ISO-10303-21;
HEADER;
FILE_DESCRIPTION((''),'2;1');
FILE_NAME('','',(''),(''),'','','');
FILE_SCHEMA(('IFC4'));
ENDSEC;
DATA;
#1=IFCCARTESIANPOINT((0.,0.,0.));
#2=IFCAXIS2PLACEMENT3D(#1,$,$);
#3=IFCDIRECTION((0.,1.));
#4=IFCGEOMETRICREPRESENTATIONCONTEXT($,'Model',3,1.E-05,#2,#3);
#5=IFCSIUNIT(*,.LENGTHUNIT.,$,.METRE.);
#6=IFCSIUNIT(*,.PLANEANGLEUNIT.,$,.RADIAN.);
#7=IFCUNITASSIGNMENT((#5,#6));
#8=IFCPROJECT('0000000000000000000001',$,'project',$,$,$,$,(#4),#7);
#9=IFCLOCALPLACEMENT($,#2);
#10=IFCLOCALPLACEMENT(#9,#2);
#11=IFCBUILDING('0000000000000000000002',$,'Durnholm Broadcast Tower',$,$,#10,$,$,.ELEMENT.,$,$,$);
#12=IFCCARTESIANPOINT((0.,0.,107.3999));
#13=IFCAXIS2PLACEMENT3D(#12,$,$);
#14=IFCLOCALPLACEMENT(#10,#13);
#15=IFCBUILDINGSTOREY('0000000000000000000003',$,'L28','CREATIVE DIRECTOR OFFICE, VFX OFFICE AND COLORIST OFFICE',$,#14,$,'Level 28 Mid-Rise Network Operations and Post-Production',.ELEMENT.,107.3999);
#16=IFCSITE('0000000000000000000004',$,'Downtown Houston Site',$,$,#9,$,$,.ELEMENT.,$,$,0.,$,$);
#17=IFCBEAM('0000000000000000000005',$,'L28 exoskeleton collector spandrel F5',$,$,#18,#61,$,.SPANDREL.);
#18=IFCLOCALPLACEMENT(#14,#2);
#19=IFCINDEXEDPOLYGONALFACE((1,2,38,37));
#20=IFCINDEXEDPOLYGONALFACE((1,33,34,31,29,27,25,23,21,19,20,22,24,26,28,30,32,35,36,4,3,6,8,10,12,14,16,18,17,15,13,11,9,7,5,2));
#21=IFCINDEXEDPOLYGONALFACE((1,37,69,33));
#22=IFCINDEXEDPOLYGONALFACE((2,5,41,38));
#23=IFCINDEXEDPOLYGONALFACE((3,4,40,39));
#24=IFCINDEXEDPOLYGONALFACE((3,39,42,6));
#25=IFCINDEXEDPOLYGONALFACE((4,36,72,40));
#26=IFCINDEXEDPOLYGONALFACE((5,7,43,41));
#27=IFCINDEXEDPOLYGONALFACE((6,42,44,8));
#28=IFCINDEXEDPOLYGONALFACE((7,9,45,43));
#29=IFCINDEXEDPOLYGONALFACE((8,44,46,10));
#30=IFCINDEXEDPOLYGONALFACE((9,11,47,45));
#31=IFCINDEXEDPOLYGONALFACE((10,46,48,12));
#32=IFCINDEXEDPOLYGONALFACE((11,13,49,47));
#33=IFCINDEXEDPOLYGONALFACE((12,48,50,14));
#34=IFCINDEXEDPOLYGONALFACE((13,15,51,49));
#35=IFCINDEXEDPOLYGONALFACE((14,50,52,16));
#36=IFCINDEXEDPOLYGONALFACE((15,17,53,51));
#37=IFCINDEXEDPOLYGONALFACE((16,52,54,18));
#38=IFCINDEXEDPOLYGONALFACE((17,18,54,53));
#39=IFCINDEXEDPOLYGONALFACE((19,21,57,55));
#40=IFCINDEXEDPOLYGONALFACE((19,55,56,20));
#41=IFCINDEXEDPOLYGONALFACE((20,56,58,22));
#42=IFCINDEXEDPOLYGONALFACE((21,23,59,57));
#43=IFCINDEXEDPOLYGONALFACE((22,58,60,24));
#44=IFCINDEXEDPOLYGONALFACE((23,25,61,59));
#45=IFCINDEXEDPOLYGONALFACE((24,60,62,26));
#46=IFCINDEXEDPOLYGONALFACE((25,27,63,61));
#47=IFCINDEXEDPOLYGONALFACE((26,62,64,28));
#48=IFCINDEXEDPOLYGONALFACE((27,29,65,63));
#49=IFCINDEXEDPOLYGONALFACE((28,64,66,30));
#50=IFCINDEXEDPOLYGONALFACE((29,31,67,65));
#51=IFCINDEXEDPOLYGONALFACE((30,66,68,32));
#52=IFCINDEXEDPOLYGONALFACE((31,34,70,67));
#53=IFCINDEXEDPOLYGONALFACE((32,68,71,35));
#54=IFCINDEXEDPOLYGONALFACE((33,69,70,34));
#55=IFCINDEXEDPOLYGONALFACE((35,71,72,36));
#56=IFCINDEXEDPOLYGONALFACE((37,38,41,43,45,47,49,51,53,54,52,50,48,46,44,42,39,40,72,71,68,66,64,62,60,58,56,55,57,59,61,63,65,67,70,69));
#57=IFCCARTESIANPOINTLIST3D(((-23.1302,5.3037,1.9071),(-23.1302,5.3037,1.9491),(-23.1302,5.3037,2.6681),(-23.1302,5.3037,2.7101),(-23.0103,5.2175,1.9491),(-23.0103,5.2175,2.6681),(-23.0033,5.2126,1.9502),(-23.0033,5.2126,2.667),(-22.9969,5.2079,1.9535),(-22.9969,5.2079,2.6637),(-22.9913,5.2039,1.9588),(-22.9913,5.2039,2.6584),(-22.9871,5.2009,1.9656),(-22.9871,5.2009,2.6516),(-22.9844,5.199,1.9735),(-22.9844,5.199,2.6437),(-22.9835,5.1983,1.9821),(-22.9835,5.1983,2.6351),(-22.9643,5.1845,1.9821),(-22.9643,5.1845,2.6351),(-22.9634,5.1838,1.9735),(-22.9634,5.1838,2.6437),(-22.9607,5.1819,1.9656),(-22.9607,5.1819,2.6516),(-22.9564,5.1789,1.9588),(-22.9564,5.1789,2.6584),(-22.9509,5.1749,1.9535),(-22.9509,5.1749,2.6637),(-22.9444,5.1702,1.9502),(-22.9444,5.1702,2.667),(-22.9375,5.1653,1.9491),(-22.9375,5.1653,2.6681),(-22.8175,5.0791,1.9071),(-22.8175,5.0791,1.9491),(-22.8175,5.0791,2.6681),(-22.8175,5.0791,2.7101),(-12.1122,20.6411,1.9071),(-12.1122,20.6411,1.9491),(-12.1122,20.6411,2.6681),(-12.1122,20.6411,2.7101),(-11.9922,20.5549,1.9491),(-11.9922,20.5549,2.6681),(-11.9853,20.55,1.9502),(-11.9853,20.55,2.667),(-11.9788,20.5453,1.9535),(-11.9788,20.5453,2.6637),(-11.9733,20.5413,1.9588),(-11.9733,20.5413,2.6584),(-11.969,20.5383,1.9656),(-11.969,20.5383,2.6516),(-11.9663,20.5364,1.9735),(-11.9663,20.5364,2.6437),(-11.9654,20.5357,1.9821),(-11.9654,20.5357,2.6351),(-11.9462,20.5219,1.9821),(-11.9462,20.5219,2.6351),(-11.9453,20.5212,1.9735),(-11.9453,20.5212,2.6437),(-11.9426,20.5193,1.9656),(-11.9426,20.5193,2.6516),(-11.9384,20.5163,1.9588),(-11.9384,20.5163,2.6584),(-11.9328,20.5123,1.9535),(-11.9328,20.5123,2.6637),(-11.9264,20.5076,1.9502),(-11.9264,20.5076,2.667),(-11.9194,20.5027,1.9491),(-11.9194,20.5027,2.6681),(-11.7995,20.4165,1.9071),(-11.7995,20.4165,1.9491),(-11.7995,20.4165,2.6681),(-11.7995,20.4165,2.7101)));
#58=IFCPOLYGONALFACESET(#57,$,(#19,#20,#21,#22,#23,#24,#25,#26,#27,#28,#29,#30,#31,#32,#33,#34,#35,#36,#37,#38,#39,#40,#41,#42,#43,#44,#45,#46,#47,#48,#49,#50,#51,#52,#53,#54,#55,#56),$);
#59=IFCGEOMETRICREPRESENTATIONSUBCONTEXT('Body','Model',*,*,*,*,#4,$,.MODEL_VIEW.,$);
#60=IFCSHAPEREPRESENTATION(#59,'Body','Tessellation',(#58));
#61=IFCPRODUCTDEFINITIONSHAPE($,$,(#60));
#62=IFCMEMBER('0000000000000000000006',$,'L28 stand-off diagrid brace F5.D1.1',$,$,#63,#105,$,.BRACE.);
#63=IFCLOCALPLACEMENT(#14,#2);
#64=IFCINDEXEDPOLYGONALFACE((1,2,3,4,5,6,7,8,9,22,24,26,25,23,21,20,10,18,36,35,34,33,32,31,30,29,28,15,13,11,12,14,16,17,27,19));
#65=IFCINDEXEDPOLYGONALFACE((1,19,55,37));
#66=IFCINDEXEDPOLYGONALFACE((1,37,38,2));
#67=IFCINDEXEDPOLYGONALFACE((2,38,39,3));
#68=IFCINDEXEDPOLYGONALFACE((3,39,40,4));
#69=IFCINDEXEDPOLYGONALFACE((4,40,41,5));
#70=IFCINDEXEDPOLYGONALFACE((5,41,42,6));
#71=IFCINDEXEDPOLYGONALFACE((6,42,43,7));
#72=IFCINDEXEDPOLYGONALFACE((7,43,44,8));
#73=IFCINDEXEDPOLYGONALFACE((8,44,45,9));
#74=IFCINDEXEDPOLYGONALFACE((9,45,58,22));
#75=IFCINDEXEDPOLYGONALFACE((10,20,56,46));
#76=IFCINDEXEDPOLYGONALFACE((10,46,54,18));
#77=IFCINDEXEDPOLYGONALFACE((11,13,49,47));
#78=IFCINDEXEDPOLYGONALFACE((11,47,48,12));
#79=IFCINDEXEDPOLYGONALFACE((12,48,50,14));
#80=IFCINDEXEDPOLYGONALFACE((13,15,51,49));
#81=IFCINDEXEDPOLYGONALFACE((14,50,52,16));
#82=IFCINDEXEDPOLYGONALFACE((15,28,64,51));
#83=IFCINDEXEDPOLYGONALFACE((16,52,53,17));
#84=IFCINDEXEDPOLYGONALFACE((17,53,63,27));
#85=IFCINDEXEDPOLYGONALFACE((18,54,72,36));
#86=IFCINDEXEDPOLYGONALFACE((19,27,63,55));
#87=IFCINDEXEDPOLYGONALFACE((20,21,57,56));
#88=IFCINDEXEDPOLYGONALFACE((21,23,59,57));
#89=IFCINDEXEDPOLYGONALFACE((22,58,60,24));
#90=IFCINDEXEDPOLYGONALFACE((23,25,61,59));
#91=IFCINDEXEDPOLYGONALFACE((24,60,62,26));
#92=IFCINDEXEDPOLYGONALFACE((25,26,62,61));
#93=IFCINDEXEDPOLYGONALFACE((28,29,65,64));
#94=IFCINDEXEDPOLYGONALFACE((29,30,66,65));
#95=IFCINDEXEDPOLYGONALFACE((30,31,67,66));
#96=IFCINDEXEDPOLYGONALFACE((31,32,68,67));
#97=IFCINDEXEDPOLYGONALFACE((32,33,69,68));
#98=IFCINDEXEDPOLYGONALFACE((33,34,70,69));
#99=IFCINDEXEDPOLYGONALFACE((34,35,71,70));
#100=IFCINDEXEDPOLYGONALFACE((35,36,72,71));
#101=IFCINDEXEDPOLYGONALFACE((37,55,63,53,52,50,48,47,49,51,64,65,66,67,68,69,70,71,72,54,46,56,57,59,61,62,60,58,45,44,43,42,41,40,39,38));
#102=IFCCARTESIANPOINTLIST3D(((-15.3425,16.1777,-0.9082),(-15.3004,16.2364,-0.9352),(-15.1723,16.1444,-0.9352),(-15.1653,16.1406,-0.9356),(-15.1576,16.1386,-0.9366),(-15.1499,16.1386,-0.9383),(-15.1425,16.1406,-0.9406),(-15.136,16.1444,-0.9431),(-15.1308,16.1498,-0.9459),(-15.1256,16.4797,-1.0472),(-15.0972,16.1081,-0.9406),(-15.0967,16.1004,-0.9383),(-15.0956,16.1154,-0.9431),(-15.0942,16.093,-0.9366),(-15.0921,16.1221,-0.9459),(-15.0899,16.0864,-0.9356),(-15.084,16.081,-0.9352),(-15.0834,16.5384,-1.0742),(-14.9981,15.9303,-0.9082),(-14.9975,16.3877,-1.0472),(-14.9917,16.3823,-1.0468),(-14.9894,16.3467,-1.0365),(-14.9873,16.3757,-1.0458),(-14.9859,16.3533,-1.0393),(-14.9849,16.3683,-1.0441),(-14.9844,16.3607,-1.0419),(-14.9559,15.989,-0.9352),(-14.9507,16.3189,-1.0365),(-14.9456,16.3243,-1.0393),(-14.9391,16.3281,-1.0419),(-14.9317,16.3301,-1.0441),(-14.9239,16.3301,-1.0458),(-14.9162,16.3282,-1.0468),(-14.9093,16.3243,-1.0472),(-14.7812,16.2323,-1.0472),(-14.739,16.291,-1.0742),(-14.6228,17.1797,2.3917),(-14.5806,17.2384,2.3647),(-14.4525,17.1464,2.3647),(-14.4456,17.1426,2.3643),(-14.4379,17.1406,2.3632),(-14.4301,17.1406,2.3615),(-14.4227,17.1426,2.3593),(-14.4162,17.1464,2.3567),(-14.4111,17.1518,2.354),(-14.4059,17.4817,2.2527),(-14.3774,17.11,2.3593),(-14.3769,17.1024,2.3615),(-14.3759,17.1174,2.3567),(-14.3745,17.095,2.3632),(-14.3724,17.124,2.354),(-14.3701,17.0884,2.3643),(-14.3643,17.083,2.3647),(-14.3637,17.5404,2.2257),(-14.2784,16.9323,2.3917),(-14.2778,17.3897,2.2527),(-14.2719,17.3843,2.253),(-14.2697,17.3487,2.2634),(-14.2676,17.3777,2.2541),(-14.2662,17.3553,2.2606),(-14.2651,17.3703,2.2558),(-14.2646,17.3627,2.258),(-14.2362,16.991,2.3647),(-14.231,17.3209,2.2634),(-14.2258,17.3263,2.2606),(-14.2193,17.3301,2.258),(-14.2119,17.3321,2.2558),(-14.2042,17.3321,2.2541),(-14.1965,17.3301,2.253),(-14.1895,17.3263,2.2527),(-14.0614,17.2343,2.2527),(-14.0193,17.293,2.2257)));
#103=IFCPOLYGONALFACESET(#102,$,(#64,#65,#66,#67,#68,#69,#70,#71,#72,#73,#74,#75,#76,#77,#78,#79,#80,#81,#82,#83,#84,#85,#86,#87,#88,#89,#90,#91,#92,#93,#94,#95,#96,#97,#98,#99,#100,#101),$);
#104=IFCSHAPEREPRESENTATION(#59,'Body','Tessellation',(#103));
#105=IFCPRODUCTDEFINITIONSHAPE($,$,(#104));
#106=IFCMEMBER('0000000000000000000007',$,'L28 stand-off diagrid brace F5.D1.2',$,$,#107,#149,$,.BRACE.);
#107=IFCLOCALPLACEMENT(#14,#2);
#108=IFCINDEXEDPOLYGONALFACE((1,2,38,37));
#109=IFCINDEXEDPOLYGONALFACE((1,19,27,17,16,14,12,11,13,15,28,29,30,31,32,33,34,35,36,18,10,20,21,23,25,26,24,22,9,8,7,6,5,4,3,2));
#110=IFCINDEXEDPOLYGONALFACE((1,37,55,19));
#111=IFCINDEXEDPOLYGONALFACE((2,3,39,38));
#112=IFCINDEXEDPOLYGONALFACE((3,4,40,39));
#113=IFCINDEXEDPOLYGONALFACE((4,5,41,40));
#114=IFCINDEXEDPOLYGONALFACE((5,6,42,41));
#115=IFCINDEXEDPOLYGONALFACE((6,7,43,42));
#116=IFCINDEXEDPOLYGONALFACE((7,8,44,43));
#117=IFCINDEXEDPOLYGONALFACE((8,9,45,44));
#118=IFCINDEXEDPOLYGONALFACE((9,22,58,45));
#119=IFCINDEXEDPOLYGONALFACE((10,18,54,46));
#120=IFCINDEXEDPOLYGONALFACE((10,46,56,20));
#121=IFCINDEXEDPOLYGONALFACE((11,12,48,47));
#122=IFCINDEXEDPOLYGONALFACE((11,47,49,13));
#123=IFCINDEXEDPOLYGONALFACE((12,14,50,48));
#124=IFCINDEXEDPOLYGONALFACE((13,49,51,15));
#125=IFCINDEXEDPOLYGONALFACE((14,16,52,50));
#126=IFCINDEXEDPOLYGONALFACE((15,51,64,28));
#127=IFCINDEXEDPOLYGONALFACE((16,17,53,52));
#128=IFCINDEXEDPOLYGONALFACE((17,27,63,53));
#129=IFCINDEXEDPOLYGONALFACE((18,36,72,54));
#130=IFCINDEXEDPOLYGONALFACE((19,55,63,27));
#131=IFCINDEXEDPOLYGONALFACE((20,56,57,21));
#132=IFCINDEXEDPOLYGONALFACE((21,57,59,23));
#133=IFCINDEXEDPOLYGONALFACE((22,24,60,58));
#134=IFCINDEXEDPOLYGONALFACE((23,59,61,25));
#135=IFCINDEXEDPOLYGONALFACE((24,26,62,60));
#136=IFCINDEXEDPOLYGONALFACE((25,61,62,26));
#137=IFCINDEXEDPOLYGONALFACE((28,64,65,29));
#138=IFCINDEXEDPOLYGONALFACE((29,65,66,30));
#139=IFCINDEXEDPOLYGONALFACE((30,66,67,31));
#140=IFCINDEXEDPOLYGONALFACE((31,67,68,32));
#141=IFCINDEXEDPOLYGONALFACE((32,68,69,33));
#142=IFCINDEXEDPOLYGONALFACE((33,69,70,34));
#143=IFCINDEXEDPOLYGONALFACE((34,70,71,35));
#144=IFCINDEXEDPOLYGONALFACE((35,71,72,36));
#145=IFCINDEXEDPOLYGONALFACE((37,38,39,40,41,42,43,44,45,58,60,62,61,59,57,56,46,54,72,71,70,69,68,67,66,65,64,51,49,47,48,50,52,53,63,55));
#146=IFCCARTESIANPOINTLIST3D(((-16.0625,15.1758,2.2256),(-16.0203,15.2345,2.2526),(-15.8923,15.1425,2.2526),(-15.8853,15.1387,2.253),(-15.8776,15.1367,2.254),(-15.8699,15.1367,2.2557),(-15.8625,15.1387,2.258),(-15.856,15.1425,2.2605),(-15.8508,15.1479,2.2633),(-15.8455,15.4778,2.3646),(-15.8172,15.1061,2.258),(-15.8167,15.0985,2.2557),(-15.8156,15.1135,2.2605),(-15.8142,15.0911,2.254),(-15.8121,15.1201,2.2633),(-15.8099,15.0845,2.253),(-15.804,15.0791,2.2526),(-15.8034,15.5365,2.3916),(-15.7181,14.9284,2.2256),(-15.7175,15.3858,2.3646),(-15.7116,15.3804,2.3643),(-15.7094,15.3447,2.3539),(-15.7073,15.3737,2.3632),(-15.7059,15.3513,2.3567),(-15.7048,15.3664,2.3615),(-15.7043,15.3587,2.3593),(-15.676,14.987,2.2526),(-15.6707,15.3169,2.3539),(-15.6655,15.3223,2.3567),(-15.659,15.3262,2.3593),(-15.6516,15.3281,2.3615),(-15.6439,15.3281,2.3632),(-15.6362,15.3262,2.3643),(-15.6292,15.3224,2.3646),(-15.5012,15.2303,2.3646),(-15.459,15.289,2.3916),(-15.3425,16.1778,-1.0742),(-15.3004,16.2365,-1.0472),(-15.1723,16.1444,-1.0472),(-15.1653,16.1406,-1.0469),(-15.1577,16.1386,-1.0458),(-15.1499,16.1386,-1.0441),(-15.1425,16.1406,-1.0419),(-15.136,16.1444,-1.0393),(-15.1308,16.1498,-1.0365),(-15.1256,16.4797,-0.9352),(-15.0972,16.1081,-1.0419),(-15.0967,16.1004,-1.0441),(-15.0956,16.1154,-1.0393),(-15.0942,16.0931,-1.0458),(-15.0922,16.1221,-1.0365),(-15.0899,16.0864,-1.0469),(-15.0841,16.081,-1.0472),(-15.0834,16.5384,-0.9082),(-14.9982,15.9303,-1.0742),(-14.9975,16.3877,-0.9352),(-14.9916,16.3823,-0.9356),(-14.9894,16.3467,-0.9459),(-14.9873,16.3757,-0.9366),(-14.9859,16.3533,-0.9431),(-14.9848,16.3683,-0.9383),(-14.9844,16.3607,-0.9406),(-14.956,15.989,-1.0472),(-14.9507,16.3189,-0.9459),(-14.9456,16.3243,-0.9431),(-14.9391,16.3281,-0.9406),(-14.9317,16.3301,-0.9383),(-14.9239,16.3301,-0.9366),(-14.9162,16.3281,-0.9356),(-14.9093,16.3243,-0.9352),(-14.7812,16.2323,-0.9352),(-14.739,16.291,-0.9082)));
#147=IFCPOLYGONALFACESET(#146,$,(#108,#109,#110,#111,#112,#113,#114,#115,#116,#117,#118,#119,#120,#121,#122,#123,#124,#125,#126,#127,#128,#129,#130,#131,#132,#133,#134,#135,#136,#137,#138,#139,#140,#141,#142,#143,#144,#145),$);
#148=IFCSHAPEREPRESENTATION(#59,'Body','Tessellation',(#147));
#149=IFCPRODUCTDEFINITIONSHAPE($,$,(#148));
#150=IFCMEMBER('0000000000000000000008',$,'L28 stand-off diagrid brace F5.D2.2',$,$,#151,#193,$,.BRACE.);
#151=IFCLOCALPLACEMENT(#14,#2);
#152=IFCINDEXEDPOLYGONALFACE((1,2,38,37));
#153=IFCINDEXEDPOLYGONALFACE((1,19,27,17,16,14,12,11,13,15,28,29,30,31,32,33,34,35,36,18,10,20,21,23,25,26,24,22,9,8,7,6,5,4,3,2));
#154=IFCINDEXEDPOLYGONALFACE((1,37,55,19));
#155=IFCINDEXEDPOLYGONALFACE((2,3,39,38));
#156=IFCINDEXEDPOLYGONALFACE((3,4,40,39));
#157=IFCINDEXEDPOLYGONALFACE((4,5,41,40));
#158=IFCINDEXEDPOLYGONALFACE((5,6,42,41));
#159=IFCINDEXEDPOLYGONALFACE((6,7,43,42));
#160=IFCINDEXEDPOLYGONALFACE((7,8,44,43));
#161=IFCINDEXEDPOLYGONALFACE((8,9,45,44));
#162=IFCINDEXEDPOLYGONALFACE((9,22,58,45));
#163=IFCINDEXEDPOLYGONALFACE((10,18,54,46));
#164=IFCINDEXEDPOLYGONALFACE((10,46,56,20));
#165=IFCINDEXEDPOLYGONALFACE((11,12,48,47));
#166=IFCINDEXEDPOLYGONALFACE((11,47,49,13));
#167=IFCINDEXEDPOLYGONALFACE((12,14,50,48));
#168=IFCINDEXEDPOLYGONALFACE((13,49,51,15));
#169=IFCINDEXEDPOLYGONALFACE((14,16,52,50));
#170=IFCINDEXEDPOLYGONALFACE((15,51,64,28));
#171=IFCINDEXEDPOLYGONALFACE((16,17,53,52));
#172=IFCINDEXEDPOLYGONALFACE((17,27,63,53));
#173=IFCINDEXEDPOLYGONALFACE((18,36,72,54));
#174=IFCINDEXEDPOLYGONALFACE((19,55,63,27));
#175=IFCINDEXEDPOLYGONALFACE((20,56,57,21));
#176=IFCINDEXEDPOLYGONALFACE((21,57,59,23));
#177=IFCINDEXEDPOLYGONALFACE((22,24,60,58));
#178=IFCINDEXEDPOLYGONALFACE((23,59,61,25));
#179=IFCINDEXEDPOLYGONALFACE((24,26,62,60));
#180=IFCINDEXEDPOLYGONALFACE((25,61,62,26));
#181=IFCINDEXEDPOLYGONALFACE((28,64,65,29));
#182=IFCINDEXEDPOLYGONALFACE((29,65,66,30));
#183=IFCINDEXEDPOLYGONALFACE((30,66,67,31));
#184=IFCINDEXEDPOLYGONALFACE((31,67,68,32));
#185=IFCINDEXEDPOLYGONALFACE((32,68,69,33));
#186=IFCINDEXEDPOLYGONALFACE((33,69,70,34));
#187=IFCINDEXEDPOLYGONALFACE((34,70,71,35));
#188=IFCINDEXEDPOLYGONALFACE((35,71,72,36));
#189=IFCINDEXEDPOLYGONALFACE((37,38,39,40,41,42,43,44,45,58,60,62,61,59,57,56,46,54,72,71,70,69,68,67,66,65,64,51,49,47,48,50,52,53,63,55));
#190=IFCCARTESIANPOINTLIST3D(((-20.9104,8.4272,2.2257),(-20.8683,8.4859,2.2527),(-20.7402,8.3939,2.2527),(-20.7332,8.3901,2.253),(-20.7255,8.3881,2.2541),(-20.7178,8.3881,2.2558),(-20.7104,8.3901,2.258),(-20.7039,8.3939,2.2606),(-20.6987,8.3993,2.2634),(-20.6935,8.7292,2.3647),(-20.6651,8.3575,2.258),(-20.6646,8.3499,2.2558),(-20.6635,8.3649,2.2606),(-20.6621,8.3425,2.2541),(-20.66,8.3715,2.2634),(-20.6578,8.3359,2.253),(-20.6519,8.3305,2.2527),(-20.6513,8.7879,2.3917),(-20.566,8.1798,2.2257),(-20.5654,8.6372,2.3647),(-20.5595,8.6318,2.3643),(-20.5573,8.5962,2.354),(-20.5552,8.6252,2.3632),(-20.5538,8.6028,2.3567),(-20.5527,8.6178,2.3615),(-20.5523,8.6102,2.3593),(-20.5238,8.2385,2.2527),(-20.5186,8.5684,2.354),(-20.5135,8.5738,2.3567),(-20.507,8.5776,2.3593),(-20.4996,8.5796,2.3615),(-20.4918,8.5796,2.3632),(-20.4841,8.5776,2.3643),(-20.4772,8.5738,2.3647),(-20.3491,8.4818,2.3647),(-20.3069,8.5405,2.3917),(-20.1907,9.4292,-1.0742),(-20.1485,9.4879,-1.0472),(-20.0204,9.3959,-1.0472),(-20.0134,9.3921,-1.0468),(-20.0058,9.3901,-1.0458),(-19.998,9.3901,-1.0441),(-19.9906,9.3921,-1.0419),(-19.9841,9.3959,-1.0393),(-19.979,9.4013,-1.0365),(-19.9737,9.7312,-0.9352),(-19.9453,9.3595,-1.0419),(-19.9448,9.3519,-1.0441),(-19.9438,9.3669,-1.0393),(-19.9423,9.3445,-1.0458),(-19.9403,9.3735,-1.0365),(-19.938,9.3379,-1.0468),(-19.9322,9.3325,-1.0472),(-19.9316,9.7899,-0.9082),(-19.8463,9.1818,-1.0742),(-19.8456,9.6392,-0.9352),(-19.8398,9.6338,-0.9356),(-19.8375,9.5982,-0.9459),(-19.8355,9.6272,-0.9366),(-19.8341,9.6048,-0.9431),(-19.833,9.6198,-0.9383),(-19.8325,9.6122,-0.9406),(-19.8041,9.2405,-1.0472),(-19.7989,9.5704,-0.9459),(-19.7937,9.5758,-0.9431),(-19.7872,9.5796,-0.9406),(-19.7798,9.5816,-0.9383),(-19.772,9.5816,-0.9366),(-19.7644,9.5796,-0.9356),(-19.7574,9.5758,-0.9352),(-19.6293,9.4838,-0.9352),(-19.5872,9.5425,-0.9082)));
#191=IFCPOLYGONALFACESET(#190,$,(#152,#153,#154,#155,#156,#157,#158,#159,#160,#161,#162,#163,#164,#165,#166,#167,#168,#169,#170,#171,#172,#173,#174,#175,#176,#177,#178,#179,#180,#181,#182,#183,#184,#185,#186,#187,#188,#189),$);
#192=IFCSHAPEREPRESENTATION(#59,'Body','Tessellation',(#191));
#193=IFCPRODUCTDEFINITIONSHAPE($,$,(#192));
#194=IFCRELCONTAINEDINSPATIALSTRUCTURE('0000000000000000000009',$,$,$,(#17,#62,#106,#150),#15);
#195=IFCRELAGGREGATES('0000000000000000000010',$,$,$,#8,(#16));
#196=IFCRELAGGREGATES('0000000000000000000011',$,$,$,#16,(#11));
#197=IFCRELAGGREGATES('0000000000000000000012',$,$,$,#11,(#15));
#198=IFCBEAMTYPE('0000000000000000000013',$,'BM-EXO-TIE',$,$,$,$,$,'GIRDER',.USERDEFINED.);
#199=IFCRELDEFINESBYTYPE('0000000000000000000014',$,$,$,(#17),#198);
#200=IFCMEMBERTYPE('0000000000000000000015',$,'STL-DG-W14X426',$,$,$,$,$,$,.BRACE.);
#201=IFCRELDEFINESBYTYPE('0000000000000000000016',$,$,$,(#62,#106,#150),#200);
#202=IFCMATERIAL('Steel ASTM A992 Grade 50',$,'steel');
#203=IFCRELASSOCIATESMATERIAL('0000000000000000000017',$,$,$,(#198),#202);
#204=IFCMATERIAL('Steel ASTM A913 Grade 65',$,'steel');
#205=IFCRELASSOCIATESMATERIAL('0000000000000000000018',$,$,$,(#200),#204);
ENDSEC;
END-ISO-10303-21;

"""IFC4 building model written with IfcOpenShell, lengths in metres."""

from ifc_helpers import new_model, si_unit, direction, frame, origin, origin_2d, place, context, subcontext, project, spatial, i_section, extrude, source, transform, mapped, material, material_profile, profile_set, type_object, type_shapes, element, save


model = new_model("IFC4")

# Units and contexts
model_context = context("Model", 3, precision=1e-05, world=origin(), true_north=direction((0.0, 1.0)))
body_context = subcontext(model_context, "Body", "Model", "MODEL_VIEW")
ifc_project = project(units=[si_unit("LENGTHUNIT", "METRE"), si_unit("PLANEANGLEUNIT", "RADIAN")], contexts=[model_context])

# Site, building, storey
site_placement = place(None, origin())
site = spatial("IfcSite", under=ifc_project, at=site_placement, Name="Downtown Houston Site", CompositionType="ELEMENT", RefElevation=0.0)
building_placement = place(site_placement, origin())
building = spatial("IfcBuilding", under=site, at=building_placement, Name="Durnholm Broadcast Tower", CompositionType="ELEMENT")
storey_placement = place(building_placement, frame((0.0, 0.0, 107.3999)))
storey = spatial("IfcBuildingStorey", under=building, at=storey_placement, Name="L28", Description="CREATIVE DIRECTOR OFFICE, VFX OFFICE AND COLORIST OFFICE", LongName="Level 28 Mid-Rise Network Operations and Post-Production", CompositionType="ELEMENT", Elevation=107.3999)

# Beam
ifc_material_1 = material(Name="Steel ASTM A992 Grade 50", Category="steel")
ifc_material_profile_1 = material_profile(ifc_material_1, i_section(OverallWidth=0.385, OverallDepth=0.803, WebThickness=0.0237, FlangeThickness=0.042, FilletRadius=0.033, at=origin_2d()), Name="W30X261")
ifc_profile_set_1 = profile_set([ifc_material_profile_1], Name="Steel ASTM A992 Grade 50")
beam_type = type_object("IfcBeamType", Name="BM-EXO-TIE", ElementType="GIRDER", PredefinedType="USERDEFINED", material=ifc_profile_set_1)
shared_shape_1 = source(origin(), body_context, "Body", "SweptSolid", [
    extrude(i_section(OverallWidth=0.385, OverallDepth=0.803, WebThickness=0.0237, FlangeThickness=0.042, FilletRadius=0.033, at=origin_2d()), origin(), (0.0, 0.0, 1.0), 18.8848),
])
type_shapes(beam_type, [shared_shape_1])
beam_placement = place(storey_placement, frame((-11.9558, 20.5288, 2.3086), z_axis=(-0.583437, -0.812158, 0.0), x_axis=(0.812158, -0.583437, 0.0)))
element("IfcBeam", 1, at=beam_placement, inside=storey, type_object=beam_type, Name="L28 exoskeleton collector spandrel F5", PredefinedType="SPANDREL", context=body_context, shape_type="MappedRepresentation", body=[
    mapped(shared_shape_1, transform((0.0, 0.0, 0.0), x_axis=(1.0, 0.0, 0.0), y_axis=(0.0, 1.0, 0.0), z_axis=(0.0, 0.0, 1.0), scale=1.0)),
])

# Members
ifc_material_2 = material(Name="Steel ASTM A913 Grade 65", Category="steel")
ifc_material_profile_2 = material_profile(ifc_material_2, i_section(OverallWidth=0.4241, OverallDepth=0.4741, WebThickness=0.0476, FlangeThickness=0.0771, FilletRadius=0.0305, at=origin_2d()), Name="W14X426")
ifc_profile_set_2 = profile_set([ifc_material_profile_2], Name="Steel ASTM A913 Grade 65")
member_type_1 = type_object("IfcMemberType", Name="STL-DG-W14X426", PredefinedType="BRACE", material=ifc_profile_set_2)
shared_shape_2 = source(origin(), body_context, "Body", "SweptSolid", [
    extrude(i_section(OverallWidth=0.4241, OverallDepth=0.4741, WebThickness=0.0476, FlangeThickness=0.0771, FilletRadius=0.0305, at=origin_2d()), origin(), (0.0, 0.0, 1.0), 3.5229),
])
type_shapes(member_type_1, [shared_shape_2])
for number, where, z_axis, x_axis, name in (
    (2, (-15.0408, 16.2344, -0.9912), (0.204301, 0.284414, 0.93668), (-0.812179, 0.583408, 0.0), "L28 stand-off diagrid brace F5.D1.1"),
    (3, (-15.0408, 16.2344, -0.9912), (-0.204367, -0.28441, 0.936667), (0.812086, -0.583538, 0.0), "L28 stand-off diagrid brace F5.D1.2"),
    (4, (-19.8889, 9.4858, -0.9912), (-0.204301, -0.284414, 0.93668), (0.812179, -0.583408, 0.0), "L28 stand-off diagrid brace F5.D2.2"),
):
    element("IfcMember", number, at=place(storey_placement, frame(where, z_axis=z_axis, x_axis=x_axis)), inside=storey, type_object=member_type_1, Name=name, PredefinedType="BRACE", context=body_context, shape_type="MappedRepresentation", body=[
        mapped(shared_shape_2, transform((0.0, 0.0, 0.0), x_axis=(1.0, 0.0, 0.0), y_axis=(0.0, 1.0, 0.0), z_axis=(0.0, 0.0, 1.0), scale=1.0)),
    ])

save(model, "model.ifc")
